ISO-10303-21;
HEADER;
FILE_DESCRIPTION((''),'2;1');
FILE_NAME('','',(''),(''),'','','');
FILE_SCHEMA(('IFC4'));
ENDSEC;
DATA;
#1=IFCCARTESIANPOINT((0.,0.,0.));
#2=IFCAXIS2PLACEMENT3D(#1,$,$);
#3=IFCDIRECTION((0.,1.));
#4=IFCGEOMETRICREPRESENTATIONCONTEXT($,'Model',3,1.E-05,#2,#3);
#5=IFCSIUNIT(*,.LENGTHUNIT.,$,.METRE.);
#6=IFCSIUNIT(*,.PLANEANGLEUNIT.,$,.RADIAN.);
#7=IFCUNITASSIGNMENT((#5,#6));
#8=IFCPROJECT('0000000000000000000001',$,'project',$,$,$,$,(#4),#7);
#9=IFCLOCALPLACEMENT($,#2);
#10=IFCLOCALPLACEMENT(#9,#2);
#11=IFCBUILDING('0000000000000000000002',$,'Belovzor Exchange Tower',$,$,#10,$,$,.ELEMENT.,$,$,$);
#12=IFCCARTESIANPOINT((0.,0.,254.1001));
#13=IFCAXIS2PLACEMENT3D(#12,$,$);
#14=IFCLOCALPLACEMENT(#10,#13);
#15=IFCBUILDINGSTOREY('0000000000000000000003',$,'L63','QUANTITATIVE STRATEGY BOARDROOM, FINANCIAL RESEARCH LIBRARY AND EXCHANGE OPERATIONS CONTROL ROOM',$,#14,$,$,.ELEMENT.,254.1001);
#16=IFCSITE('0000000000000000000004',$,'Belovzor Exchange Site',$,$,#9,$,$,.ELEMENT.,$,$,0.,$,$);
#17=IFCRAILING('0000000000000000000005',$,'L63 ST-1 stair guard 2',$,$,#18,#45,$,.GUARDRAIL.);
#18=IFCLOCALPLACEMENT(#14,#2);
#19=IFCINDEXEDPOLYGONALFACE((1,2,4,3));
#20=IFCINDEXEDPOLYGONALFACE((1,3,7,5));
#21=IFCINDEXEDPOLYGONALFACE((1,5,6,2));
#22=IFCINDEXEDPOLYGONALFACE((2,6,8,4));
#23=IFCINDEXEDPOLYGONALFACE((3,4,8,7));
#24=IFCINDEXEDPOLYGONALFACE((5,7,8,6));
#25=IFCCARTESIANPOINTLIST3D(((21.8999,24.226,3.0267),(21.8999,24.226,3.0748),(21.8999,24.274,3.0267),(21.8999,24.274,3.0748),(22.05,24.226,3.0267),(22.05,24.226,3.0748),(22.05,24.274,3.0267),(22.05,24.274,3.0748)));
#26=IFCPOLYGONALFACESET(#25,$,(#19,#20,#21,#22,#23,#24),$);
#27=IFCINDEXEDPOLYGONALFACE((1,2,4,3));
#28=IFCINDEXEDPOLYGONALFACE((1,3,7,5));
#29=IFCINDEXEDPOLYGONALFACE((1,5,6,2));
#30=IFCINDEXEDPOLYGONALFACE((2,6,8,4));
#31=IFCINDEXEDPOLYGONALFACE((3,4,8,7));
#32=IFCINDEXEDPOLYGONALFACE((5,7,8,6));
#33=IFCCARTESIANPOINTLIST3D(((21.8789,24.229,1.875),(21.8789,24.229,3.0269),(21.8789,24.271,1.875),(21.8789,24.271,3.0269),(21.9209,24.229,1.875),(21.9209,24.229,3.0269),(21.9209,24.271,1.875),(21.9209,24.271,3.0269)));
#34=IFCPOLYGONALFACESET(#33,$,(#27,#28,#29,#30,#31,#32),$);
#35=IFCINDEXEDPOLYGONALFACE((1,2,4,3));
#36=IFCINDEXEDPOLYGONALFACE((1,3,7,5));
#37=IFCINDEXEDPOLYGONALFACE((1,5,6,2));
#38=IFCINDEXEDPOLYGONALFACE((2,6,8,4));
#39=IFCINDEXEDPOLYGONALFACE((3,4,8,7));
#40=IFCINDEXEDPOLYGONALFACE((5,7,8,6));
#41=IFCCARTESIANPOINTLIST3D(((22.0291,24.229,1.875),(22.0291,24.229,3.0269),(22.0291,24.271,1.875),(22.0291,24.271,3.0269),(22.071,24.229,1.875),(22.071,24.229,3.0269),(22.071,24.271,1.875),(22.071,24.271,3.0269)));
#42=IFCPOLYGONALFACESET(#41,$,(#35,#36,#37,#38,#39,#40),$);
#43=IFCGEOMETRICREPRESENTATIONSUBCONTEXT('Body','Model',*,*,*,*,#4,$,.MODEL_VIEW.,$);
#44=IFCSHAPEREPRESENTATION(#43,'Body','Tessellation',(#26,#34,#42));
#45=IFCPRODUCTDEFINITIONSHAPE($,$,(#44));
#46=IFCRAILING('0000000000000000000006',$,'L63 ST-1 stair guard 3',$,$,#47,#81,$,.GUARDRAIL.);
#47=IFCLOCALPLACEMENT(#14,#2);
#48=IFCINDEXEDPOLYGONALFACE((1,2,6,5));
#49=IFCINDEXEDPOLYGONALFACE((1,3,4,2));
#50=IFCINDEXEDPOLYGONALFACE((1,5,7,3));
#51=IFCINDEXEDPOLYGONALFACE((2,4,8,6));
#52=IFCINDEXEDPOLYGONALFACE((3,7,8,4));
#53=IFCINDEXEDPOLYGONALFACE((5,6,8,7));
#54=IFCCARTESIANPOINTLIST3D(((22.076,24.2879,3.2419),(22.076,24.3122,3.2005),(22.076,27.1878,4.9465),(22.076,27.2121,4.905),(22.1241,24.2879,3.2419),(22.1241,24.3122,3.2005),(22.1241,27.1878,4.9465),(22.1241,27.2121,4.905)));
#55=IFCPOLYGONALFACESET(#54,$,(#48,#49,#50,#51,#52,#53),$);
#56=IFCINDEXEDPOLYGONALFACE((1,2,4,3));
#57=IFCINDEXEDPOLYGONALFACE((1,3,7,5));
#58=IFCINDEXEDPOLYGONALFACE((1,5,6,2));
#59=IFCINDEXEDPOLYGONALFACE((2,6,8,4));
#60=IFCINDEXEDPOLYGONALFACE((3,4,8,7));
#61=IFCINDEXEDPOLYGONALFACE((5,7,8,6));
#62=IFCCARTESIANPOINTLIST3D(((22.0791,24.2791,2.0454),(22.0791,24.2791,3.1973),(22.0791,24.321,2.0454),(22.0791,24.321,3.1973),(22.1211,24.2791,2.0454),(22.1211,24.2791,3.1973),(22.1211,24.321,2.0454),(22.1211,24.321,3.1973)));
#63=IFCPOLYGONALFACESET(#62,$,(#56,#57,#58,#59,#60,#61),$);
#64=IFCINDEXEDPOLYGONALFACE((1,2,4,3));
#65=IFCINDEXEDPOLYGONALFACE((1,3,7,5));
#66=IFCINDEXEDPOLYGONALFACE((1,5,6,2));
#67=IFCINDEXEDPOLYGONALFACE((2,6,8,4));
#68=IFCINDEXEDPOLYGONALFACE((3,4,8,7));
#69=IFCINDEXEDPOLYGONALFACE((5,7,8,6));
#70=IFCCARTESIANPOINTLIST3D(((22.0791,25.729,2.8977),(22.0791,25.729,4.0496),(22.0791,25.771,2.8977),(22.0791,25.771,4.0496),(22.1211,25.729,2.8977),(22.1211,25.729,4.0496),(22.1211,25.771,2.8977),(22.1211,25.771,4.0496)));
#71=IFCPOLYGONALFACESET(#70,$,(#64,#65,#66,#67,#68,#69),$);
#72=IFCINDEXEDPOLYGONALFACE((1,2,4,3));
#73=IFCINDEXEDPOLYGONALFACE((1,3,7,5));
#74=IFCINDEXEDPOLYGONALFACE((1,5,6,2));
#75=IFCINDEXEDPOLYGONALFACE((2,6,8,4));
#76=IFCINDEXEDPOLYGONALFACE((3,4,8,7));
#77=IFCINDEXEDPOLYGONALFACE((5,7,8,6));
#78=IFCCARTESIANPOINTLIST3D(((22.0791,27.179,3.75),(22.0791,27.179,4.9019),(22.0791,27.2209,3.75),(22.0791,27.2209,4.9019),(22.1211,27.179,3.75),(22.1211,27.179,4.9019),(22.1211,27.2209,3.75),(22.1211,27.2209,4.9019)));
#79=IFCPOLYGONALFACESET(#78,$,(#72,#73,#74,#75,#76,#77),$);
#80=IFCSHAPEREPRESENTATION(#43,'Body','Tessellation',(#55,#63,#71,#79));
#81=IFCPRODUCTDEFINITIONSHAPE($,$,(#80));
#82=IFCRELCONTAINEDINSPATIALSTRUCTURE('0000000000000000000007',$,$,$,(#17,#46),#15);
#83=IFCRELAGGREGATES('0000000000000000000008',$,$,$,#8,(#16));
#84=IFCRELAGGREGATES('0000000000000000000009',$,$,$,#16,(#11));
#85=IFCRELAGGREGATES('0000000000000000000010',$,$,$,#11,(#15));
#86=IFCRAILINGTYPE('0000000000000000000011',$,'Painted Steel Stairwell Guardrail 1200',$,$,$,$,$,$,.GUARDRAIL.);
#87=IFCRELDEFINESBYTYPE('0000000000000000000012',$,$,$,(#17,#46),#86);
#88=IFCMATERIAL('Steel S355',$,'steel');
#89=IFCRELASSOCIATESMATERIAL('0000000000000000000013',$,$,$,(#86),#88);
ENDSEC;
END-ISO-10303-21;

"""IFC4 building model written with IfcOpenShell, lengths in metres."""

from ifc_helpers import new_model, si_unit, direction, frame, origin, origin_2d, place, context, subcontext, project, spatial, rectangle, extrude, material, type_object, element, save


model = new_model("IFC4")

# Units and contexts
model_context = context("Model", 3, precision=1e-05, world=origin(), true_north=direction((0.0, 1.0)))
body_context = subcontext(model_context, "Body", "Model", "MODEL_VIEW")
ifc_project = project(units=[si_unit("LENGTHUNIT", "METRE"), si_unit("PLANEANGLEUNIT", "RADIAN")], contexts=[model_context])

# Site, building, storey
site_placement = place(None, origin())
site = spatial("IfcSite", under=ifc_project, at=site_placement, Name="Belovzor Exchange Site", CompositionType="ELEMENT", RefElevation=0.0)
building_placement = place(site_placement, origin())
building = spatial("IfcBuilding", under=site, at=building_placement, Name="Belovzor Exchange Tower", CompositionType="ELEMENT")
storey_placement = place(building_placement, frame((0.0, 0.0, 254.1001)))
storey = spatial("IfcBuildingStorey", under=building, at=storey_placement, Name="L63", Description="QUANTITATIVE STRATEGY BOARDROOM, FINANCIAL RESEARCH LIBRARY AND EXCHANGE OPERATIONS CONTROL ROOM", CompositionType="ELEMENT", Elevation=254.1001)

# Railings
ifc_material_1 = material(Name="Steel S355", Category="steel")
railing_type_1 = type_object("IfcRailingType", Name="Painted Steel Stairwell Guardrail 1200", PredefinedType="GUARDRAIL", material=ifc_material_1)
railing_1_placement = place(storey_placement, frame((21.8999, 24.25, 1.875)))
element("IfcRailing", 1, at=railing_1_placement, inside=storey, type_object=railing_type_1, Name="L63 ST-1 stair guard 2", PredefinedType="GUARDRAIL", context=body_context, shape_type="SweptSolid", body=[
    extrude(rectangle(XDim=0.0481, YDim=0.0481, at=origin_2d()), frame((0.0, 0.0, 1.1758), z_axis=(1.0, 0.0, 0.0), x_axis=(0.0, 1.0, 0.0)), (0.0, 0.0, 1.0), 0.1501),
    extrude(rectangle(XDim=0.042, YDim=0.042, at=origin_2d()), origin(), (0.0, 0.0, 1.0), 1.1519),
    extrude(rectangle(XDim=0.042, YDim=0.042, at=origin_2d()), frame((0.1501, 0.0, 0.0)), (0.0, 0.0, 1.0), 1.1519),
])
railing_2_placement = place(storey_placement, frame((22.1001, 24.3, 2.0454)))
element("IfcRailing", 2, at=railing_2_placement, inside=storey, type_object=railing_type_1, Name="L63 ST-1 stair guard 3", PredefinedType="GUARDRAIL", context=body_context, shape_type="SweptSolid", body=[
    extrude(rectangle(XDim=0.0481, YDim=0.0481, at=origin_2d()), frame((0.0, 0.0, 1.1758), z_axis=(0.0, 0.862095, 0.506747), x_axis=(-1.0, 0.0, 0.0)), (0.0, 0.0, 1.0), 3.3638),
    extrude(rectangle(XDim=0.042, YDim=0.042, at=origin_2d()), origin(), (0.0, 0.0, 1.0), 1.1519),
    extrude(rectangle(XDim=0.042, YDim=0.042, at=origin_2d()), frame((0.0, 1.45, 0.8523)), (0.0, 0.0, 1.0), 1.1519),
    extrude(rectangle(XDim=0.042, YDim=0.042, at=origin_2d()), frame((0.0, 2.8999, 1.7046)), (0.0, 0.0, 1.0), 1.1519),
])

save(model, "model.ifc")
